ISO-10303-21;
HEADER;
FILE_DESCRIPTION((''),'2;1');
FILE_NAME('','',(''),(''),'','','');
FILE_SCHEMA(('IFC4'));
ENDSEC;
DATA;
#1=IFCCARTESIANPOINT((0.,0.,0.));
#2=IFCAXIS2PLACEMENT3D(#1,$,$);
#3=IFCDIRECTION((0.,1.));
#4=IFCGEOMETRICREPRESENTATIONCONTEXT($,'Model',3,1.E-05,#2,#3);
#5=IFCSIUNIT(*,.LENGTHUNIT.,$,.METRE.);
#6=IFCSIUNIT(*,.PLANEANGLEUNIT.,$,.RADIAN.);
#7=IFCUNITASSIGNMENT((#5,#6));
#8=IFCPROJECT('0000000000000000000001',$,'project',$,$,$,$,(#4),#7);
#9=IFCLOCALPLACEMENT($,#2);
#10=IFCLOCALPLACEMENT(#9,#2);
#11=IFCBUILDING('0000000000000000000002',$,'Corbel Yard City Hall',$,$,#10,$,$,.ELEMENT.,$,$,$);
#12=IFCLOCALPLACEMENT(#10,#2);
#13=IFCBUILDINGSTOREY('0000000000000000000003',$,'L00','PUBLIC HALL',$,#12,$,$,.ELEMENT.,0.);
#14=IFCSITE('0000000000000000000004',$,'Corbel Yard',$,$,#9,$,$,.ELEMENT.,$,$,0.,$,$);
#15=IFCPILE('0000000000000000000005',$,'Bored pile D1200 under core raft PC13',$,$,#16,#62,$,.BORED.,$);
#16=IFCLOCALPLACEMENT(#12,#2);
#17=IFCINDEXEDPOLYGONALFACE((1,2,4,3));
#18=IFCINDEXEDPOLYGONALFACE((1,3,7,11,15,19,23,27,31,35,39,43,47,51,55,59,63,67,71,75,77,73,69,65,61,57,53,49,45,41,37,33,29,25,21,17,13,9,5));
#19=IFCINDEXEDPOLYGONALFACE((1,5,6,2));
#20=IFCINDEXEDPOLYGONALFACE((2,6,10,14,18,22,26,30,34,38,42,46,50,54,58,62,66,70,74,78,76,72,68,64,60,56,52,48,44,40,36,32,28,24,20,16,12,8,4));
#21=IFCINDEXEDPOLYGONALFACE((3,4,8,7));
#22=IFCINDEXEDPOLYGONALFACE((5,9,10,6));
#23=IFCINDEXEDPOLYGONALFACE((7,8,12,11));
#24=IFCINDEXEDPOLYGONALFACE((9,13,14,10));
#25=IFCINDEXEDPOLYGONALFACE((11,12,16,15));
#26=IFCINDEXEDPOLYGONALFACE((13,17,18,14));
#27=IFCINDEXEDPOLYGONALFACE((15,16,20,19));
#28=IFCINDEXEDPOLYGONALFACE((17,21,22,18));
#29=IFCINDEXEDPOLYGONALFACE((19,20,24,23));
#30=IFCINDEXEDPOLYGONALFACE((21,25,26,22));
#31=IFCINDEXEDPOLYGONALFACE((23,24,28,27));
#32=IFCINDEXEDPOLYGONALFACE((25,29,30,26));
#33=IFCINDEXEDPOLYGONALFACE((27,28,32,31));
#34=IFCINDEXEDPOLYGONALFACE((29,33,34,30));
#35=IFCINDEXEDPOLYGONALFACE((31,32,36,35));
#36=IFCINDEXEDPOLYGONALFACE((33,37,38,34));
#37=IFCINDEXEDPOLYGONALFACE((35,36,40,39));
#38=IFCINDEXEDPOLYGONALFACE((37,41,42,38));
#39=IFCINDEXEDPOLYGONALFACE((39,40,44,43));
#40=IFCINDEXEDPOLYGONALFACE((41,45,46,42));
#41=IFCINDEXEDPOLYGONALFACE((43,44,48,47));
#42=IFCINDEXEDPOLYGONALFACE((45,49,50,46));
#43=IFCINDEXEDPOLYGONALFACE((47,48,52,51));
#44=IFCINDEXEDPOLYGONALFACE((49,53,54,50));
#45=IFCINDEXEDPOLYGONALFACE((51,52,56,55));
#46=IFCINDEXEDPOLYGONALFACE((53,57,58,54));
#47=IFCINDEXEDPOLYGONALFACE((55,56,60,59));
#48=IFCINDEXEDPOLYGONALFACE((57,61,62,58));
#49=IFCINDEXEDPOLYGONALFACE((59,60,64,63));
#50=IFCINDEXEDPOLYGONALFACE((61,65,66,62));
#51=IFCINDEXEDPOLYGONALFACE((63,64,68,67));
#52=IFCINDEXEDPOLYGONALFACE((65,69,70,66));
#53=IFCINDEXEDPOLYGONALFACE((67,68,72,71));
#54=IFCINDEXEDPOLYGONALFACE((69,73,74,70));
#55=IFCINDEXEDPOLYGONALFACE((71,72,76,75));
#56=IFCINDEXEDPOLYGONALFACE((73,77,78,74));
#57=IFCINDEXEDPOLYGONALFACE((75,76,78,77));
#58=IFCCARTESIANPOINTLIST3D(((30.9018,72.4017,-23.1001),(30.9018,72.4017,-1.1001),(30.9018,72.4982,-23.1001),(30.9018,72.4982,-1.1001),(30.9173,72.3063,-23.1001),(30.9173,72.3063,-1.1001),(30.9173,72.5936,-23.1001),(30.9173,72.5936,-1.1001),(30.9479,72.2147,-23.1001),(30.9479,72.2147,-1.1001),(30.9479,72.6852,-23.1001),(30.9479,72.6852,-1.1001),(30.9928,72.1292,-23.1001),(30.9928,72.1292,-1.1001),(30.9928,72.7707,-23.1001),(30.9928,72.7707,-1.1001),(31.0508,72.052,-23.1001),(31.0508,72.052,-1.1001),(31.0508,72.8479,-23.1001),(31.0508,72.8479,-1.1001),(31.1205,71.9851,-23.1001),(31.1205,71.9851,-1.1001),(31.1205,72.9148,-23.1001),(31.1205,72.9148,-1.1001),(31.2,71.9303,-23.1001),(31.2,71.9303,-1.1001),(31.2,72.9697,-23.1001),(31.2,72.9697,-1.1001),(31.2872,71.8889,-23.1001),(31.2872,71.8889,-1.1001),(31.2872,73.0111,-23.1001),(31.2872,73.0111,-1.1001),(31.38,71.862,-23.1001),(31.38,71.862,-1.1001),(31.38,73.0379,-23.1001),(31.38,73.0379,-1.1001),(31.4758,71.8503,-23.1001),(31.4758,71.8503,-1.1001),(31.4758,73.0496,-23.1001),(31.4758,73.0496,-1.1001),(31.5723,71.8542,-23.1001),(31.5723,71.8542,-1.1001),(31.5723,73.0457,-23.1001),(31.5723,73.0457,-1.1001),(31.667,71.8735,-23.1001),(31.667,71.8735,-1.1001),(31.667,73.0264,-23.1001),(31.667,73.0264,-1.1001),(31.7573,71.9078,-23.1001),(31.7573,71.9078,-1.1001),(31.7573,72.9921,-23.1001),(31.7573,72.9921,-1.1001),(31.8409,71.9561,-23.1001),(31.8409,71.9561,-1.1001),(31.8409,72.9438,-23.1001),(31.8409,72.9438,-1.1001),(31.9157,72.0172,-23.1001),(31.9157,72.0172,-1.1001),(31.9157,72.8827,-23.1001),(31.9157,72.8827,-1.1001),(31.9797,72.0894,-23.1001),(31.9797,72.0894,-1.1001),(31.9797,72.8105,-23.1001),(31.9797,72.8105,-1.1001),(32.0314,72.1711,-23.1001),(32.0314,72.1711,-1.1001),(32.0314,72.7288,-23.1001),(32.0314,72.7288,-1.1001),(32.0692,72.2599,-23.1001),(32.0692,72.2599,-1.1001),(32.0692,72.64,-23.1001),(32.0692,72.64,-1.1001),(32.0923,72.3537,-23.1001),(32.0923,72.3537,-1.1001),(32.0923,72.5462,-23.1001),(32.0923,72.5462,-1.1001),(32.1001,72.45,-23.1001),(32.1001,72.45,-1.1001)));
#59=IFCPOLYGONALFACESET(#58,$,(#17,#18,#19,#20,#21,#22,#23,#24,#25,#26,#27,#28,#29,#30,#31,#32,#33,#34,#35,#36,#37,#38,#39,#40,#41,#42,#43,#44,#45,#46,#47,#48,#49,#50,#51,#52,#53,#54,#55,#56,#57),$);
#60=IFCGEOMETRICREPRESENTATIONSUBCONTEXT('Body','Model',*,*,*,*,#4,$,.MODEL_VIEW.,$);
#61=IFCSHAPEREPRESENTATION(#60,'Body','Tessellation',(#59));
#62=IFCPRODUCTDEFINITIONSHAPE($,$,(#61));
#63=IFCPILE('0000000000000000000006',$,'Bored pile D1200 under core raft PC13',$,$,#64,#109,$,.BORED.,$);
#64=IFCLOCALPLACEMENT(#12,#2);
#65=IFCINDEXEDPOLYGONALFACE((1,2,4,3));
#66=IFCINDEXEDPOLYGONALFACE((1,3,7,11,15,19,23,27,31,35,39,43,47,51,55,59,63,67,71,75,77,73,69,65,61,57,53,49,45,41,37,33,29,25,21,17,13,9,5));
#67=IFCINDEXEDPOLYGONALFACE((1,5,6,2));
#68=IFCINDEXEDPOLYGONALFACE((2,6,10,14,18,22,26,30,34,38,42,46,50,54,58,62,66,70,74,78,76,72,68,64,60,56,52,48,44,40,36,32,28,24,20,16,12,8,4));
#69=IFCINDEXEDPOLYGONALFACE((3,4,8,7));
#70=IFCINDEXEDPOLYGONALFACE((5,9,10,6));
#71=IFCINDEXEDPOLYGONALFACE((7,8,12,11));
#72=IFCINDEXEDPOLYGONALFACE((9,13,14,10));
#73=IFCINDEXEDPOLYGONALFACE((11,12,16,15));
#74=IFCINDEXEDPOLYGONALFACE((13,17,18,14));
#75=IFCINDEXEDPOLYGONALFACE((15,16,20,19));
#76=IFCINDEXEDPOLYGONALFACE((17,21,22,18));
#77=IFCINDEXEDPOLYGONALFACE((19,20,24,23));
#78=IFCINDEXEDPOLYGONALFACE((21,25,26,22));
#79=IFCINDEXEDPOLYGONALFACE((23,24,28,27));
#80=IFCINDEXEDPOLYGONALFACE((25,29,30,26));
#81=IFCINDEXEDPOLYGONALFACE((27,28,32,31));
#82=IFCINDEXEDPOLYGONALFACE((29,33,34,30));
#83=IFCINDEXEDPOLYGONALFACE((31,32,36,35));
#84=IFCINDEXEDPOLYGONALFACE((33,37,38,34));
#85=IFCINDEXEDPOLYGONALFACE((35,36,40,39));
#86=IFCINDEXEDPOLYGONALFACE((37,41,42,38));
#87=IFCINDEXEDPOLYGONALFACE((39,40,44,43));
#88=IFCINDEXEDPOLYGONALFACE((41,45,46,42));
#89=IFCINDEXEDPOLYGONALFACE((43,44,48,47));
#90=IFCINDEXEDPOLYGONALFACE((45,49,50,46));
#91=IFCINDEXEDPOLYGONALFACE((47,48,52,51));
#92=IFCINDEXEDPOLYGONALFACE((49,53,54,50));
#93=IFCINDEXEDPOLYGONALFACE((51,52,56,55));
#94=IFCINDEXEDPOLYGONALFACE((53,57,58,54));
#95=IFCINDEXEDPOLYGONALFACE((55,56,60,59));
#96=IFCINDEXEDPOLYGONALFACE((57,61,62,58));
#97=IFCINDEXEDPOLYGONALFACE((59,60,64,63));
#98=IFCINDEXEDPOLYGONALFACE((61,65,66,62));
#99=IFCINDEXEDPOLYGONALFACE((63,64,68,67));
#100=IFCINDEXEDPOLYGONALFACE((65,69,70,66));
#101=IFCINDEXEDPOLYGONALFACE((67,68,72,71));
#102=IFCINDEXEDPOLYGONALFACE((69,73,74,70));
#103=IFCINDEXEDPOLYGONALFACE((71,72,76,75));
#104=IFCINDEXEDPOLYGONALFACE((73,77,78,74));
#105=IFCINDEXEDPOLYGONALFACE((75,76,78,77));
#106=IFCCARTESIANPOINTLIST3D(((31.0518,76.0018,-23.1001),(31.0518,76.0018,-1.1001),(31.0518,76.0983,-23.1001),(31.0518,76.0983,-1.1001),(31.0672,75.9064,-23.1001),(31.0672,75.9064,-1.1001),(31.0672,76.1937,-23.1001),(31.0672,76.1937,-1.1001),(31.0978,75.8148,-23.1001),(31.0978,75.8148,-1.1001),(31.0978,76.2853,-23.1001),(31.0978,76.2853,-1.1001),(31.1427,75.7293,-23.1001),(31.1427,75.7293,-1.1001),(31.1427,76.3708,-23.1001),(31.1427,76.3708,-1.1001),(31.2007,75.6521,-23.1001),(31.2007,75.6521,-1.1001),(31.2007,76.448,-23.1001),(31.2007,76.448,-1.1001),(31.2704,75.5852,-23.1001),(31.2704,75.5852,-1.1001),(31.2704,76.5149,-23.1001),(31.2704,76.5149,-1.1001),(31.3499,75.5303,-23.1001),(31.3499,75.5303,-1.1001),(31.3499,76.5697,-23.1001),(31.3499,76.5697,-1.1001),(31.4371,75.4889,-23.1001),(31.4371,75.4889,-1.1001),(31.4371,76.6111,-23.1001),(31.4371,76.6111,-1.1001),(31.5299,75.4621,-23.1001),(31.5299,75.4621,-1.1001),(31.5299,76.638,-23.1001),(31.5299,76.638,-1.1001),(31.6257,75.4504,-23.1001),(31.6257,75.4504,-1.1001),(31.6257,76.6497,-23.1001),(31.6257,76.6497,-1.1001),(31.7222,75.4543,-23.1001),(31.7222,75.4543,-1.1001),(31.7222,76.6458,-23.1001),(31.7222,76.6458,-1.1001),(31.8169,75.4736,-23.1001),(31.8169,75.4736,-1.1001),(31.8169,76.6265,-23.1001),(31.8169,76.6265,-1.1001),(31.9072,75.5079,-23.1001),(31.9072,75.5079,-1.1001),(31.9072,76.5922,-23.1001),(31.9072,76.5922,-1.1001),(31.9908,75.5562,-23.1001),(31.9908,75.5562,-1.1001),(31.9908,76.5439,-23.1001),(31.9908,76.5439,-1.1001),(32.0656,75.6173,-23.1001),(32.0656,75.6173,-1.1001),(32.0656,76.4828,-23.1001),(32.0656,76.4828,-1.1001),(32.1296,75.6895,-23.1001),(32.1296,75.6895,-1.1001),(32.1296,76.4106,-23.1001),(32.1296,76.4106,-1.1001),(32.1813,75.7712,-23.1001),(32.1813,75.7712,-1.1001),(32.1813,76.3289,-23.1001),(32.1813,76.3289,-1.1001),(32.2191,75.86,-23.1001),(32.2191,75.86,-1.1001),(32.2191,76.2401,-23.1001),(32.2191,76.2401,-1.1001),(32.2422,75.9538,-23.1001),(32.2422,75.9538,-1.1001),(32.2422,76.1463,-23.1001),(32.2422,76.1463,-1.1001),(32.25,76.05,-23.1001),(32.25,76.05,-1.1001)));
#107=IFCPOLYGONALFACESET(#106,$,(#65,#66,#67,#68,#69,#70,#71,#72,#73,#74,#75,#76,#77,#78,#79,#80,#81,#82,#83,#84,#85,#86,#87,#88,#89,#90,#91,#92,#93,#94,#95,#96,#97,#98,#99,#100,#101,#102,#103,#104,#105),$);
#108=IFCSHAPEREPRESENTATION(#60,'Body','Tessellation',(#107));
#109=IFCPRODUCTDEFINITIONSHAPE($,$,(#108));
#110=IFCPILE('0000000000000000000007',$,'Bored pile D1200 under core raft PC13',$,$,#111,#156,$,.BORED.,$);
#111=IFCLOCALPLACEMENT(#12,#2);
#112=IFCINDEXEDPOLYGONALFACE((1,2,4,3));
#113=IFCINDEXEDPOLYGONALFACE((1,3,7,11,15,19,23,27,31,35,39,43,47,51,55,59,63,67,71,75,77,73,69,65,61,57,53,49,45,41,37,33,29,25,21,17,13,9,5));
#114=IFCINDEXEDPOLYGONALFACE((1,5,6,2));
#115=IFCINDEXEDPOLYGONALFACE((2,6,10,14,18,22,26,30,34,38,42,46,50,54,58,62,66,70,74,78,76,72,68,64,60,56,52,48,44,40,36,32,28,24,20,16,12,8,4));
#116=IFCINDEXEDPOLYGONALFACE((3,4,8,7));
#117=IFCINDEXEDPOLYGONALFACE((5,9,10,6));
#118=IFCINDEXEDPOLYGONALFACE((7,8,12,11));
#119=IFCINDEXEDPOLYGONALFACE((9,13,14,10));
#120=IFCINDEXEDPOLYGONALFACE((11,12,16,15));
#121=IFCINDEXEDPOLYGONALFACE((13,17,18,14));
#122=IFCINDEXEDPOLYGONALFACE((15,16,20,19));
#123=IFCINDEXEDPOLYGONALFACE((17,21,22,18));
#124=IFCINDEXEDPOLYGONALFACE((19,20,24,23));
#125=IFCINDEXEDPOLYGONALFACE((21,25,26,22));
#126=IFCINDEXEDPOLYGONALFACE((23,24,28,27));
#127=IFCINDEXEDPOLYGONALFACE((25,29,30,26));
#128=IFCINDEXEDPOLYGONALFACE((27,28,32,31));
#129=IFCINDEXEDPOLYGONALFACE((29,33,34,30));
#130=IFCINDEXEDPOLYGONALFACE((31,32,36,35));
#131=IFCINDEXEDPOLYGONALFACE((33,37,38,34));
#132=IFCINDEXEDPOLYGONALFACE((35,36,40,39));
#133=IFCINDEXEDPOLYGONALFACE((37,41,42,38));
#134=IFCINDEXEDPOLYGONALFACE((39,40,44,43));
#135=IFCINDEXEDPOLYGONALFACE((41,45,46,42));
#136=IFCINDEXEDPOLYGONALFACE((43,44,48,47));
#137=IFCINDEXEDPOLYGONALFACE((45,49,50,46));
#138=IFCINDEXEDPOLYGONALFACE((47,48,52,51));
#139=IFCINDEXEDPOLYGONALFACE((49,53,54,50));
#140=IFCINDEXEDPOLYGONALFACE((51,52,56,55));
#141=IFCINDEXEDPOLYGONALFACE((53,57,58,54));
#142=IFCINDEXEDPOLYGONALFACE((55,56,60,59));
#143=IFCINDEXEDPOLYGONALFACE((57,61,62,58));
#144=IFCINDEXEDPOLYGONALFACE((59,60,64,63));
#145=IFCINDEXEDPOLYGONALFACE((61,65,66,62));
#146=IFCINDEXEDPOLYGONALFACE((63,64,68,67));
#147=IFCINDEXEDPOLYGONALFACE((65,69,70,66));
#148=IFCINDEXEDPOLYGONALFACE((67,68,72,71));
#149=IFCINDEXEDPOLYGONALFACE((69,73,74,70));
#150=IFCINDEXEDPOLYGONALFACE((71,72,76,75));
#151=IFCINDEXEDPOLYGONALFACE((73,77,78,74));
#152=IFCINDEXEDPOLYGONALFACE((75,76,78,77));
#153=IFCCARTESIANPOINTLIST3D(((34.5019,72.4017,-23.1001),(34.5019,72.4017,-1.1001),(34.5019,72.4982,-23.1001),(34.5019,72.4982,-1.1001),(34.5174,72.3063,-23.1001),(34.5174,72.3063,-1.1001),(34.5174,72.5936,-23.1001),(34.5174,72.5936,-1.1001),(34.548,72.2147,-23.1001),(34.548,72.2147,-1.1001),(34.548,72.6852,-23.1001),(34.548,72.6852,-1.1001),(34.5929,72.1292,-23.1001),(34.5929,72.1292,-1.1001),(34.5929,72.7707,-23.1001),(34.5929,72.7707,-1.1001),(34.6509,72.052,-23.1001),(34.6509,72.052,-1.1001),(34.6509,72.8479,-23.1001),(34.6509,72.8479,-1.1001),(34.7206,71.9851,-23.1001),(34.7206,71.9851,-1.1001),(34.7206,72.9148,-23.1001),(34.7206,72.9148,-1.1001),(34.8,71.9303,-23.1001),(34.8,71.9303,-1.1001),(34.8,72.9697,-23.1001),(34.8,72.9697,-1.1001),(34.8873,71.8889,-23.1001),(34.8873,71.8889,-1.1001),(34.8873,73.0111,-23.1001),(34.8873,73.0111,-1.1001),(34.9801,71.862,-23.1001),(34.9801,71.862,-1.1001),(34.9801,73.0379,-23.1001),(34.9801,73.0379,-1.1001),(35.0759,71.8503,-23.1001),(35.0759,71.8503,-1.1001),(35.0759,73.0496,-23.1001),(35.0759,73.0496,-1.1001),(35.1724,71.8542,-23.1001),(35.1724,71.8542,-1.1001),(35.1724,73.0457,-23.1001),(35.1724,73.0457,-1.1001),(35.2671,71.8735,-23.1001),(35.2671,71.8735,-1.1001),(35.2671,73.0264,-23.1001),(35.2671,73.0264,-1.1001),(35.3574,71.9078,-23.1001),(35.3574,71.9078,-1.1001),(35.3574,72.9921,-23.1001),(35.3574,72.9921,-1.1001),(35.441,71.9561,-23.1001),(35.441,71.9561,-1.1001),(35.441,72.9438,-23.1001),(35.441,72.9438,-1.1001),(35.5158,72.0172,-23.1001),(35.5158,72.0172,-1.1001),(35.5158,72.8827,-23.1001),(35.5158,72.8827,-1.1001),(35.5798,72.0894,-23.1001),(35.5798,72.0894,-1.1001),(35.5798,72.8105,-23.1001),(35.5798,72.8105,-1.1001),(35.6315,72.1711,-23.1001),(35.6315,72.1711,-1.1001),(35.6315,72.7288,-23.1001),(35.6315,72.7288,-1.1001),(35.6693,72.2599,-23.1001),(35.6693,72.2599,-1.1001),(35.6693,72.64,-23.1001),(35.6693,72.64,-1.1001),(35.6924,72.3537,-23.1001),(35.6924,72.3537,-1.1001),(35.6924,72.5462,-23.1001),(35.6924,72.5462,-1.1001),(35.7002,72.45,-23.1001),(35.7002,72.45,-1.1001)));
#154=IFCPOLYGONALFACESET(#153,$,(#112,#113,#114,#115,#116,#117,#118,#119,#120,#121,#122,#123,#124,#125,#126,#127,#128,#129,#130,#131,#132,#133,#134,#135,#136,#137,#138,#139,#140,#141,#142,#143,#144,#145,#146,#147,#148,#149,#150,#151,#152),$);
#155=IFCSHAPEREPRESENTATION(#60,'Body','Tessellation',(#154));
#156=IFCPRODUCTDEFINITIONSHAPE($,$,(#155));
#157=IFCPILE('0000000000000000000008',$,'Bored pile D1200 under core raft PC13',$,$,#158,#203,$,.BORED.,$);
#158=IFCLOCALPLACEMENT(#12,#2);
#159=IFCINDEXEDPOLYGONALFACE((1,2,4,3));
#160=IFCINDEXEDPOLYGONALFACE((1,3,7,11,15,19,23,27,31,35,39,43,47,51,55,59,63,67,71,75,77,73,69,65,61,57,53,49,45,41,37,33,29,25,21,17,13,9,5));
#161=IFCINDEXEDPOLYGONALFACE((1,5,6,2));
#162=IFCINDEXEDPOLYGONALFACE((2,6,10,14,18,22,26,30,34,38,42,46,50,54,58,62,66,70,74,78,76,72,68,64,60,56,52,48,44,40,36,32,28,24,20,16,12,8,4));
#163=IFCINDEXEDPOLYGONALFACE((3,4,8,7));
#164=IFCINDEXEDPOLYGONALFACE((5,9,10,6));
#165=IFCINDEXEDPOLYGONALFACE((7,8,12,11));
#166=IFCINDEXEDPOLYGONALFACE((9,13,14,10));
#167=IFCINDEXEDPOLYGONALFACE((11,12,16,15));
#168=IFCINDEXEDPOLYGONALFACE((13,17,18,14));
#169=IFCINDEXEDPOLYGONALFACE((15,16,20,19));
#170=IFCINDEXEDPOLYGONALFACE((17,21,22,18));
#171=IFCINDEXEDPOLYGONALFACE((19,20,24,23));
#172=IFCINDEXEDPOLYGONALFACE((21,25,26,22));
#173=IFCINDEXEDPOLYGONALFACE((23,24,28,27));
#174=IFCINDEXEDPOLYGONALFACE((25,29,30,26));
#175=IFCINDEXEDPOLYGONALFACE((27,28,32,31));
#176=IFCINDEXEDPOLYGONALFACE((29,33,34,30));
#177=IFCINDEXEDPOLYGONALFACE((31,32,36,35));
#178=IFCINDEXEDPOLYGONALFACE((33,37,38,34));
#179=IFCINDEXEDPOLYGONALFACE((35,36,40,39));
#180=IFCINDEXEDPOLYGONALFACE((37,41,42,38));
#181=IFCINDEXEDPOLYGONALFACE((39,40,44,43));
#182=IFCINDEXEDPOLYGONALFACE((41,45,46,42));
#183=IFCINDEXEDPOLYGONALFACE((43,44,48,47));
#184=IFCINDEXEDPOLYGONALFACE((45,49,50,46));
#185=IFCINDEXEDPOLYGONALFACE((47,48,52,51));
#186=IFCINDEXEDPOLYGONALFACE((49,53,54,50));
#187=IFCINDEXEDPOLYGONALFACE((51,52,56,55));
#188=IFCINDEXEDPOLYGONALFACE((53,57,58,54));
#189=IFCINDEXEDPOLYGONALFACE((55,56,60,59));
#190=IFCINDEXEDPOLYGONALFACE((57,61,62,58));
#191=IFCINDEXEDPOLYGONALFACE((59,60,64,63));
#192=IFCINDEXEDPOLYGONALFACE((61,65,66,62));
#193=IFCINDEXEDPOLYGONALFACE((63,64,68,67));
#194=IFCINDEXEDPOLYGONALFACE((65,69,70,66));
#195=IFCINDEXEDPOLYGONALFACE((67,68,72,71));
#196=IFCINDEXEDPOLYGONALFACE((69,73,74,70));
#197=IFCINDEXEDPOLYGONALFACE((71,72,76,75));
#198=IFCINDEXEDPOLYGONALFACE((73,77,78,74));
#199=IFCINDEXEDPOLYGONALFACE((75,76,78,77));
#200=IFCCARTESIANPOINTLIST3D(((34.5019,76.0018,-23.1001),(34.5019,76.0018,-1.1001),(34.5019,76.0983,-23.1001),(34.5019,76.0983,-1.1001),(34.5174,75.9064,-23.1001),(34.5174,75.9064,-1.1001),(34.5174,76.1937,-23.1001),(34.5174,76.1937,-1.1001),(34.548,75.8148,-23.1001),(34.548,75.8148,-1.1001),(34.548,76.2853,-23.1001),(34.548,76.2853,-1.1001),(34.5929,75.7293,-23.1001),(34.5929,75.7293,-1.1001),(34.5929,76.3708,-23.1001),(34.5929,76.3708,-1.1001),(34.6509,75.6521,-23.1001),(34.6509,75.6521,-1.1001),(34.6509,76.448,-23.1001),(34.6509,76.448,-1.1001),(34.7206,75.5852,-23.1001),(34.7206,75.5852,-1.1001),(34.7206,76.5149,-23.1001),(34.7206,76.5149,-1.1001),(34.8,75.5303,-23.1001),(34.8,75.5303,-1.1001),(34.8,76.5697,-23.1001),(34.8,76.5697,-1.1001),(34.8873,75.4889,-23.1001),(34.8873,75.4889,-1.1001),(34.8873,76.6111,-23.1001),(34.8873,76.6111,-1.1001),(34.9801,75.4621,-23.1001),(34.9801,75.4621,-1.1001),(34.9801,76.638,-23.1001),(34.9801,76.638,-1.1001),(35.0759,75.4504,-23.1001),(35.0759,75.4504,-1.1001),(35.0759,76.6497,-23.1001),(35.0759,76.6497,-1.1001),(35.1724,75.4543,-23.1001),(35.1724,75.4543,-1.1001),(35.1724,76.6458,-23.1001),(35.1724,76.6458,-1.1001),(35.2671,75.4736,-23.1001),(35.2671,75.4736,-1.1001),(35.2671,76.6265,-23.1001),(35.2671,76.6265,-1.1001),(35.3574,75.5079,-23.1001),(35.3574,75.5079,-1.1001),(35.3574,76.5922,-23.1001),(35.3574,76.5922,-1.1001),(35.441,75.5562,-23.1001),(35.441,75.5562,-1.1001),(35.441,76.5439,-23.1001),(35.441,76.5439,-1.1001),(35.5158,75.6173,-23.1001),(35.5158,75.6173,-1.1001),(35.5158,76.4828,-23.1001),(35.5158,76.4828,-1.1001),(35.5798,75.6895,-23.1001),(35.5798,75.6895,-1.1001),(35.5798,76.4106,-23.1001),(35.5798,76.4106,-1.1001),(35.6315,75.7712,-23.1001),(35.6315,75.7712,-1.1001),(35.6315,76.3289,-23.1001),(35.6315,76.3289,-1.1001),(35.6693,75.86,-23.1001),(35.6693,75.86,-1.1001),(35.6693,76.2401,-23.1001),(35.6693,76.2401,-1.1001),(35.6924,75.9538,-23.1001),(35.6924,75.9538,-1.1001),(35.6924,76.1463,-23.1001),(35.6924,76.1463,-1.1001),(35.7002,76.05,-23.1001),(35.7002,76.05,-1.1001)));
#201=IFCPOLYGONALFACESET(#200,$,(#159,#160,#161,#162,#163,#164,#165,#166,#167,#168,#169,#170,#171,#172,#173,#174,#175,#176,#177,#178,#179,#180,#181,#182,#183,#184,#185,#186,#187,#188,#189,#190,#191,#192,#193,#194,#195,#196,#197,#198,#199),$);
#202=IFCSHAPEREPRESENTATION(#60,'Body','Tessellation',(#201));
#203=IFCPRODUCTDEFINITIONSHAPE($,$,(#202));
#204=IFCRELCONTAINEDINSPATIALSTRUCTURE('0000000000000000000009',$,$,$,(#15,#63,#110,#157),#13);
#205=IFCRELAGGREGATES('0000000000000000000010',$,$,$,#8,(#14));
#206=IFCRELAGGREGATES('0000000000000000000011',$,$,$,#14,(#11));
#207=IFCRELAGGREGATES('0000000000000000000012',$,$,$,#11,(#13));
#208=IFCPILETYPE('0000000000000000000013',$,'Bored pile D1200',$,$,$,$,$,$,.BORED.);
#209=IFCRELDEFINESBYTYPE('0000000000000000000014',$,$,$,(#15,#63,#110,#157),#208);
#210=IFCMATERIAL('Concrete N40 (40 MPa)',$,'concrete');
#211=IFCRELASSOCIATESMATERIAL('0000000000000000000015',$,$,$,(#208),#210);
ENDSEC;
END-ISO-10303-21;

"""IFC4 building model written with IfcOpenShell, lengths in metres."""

from ifc_helpers import new_model, si_unit, direction, frame, origin, origin_2d, place, context, subcontext, project, spatial, circle, extrude, material, material_profile, profile_set, type_object, element, save


model = new_model("IFC4")

# Units and contexts
model_context = context("Model", 3, precision=1e-05, world=origin(), true_north=direction((0.0, 1.0)))
body_context = subcontext(model_context, "Body", "Model", "MODEL_VIEW")
ifc_project = project(units=[si_unit("LENGTHUNIT", "METRE"), si_unit("PLANEANGLEUNIT", "RADIAN")], contexts=[model_context])

# Site, building, storey
site_placement = place(None, origin())
site = spatial("IfcSite", under=ifc_project, at=site_placement, Name="Corbel Yard", CompositionType="ELEMENT", RefElevation=0.0)
building_placement = place(site_placement, origin())
building = spatial("IfcBuilding", under=site, at=building_placement, Name="Corbel Yard City Hall", CompositionType="ELEMENT")
storey_placement = place(building_placement, origin())
storey = spatial("IfcBuildingStorey", under=building, at=storey_placement, Name="L00", Description="PUBLIC HALL", CompositionType="ELEMENT", Elevation=0.0)

# Piles
ifc_material_1 = material(Name="Concrete N40 (40 MPa)", Category="concrete")
ifc_material_profile_1 = material_profile(ifc_material_1, circle(Radius=0.6001, at=origin_2d()), Name="D1200")
ifc_profile_set_1 = profile_set([ifc_material_profile_1], Name="Concrete N40 (40 MPa)")
pile_type = type_object("IfcPileType", Name="Bored pile D1200", PredefinedType="BORED", material=ifc_profile_set_1)
for number, where, z_axis, x_axis, name in (
    (1, (31.5, 72.45, -1.1001), (0.0, 0.0, -1.0), (1.0, 0.0, 0.0), "Bored pile D1200 under core raft PC13"),
    (2, (31.6499, 76.05, -1.1001), (0.0, 0.0, -1.0), (1.0, 0.0, 0.0), "Bored pile D1200 under core raft PC13"),
    (3, (35.1001, 72.45, -1.1001), (0.0, 0.0, -1.0), (1.0, 0.0, 0.0), "Bored pile D1200 under core raft PC13"),
    (4, (35.1001, 76.05, -1.1001), (0.0, 0.0, -1.0), (1.0, 0.0, 0.0), "Bored pile D1200 under core raft PC13"),
):
    element("IfcPile", number, at=place(storey_placement, frame(where, z_axis=z_axis, x_axis=x_axis)), inside=storey, type_object=pile_type, Name=name, PredefinedType="BORED", context=body_context, shape_type="SweptSolid", body=[
        extrude(circle(Radius=0.6001, at=origin_2d()), origin(), (0.0, 0.0, 1.0), 22.0),
    ])

save(model, "model.ifc")
